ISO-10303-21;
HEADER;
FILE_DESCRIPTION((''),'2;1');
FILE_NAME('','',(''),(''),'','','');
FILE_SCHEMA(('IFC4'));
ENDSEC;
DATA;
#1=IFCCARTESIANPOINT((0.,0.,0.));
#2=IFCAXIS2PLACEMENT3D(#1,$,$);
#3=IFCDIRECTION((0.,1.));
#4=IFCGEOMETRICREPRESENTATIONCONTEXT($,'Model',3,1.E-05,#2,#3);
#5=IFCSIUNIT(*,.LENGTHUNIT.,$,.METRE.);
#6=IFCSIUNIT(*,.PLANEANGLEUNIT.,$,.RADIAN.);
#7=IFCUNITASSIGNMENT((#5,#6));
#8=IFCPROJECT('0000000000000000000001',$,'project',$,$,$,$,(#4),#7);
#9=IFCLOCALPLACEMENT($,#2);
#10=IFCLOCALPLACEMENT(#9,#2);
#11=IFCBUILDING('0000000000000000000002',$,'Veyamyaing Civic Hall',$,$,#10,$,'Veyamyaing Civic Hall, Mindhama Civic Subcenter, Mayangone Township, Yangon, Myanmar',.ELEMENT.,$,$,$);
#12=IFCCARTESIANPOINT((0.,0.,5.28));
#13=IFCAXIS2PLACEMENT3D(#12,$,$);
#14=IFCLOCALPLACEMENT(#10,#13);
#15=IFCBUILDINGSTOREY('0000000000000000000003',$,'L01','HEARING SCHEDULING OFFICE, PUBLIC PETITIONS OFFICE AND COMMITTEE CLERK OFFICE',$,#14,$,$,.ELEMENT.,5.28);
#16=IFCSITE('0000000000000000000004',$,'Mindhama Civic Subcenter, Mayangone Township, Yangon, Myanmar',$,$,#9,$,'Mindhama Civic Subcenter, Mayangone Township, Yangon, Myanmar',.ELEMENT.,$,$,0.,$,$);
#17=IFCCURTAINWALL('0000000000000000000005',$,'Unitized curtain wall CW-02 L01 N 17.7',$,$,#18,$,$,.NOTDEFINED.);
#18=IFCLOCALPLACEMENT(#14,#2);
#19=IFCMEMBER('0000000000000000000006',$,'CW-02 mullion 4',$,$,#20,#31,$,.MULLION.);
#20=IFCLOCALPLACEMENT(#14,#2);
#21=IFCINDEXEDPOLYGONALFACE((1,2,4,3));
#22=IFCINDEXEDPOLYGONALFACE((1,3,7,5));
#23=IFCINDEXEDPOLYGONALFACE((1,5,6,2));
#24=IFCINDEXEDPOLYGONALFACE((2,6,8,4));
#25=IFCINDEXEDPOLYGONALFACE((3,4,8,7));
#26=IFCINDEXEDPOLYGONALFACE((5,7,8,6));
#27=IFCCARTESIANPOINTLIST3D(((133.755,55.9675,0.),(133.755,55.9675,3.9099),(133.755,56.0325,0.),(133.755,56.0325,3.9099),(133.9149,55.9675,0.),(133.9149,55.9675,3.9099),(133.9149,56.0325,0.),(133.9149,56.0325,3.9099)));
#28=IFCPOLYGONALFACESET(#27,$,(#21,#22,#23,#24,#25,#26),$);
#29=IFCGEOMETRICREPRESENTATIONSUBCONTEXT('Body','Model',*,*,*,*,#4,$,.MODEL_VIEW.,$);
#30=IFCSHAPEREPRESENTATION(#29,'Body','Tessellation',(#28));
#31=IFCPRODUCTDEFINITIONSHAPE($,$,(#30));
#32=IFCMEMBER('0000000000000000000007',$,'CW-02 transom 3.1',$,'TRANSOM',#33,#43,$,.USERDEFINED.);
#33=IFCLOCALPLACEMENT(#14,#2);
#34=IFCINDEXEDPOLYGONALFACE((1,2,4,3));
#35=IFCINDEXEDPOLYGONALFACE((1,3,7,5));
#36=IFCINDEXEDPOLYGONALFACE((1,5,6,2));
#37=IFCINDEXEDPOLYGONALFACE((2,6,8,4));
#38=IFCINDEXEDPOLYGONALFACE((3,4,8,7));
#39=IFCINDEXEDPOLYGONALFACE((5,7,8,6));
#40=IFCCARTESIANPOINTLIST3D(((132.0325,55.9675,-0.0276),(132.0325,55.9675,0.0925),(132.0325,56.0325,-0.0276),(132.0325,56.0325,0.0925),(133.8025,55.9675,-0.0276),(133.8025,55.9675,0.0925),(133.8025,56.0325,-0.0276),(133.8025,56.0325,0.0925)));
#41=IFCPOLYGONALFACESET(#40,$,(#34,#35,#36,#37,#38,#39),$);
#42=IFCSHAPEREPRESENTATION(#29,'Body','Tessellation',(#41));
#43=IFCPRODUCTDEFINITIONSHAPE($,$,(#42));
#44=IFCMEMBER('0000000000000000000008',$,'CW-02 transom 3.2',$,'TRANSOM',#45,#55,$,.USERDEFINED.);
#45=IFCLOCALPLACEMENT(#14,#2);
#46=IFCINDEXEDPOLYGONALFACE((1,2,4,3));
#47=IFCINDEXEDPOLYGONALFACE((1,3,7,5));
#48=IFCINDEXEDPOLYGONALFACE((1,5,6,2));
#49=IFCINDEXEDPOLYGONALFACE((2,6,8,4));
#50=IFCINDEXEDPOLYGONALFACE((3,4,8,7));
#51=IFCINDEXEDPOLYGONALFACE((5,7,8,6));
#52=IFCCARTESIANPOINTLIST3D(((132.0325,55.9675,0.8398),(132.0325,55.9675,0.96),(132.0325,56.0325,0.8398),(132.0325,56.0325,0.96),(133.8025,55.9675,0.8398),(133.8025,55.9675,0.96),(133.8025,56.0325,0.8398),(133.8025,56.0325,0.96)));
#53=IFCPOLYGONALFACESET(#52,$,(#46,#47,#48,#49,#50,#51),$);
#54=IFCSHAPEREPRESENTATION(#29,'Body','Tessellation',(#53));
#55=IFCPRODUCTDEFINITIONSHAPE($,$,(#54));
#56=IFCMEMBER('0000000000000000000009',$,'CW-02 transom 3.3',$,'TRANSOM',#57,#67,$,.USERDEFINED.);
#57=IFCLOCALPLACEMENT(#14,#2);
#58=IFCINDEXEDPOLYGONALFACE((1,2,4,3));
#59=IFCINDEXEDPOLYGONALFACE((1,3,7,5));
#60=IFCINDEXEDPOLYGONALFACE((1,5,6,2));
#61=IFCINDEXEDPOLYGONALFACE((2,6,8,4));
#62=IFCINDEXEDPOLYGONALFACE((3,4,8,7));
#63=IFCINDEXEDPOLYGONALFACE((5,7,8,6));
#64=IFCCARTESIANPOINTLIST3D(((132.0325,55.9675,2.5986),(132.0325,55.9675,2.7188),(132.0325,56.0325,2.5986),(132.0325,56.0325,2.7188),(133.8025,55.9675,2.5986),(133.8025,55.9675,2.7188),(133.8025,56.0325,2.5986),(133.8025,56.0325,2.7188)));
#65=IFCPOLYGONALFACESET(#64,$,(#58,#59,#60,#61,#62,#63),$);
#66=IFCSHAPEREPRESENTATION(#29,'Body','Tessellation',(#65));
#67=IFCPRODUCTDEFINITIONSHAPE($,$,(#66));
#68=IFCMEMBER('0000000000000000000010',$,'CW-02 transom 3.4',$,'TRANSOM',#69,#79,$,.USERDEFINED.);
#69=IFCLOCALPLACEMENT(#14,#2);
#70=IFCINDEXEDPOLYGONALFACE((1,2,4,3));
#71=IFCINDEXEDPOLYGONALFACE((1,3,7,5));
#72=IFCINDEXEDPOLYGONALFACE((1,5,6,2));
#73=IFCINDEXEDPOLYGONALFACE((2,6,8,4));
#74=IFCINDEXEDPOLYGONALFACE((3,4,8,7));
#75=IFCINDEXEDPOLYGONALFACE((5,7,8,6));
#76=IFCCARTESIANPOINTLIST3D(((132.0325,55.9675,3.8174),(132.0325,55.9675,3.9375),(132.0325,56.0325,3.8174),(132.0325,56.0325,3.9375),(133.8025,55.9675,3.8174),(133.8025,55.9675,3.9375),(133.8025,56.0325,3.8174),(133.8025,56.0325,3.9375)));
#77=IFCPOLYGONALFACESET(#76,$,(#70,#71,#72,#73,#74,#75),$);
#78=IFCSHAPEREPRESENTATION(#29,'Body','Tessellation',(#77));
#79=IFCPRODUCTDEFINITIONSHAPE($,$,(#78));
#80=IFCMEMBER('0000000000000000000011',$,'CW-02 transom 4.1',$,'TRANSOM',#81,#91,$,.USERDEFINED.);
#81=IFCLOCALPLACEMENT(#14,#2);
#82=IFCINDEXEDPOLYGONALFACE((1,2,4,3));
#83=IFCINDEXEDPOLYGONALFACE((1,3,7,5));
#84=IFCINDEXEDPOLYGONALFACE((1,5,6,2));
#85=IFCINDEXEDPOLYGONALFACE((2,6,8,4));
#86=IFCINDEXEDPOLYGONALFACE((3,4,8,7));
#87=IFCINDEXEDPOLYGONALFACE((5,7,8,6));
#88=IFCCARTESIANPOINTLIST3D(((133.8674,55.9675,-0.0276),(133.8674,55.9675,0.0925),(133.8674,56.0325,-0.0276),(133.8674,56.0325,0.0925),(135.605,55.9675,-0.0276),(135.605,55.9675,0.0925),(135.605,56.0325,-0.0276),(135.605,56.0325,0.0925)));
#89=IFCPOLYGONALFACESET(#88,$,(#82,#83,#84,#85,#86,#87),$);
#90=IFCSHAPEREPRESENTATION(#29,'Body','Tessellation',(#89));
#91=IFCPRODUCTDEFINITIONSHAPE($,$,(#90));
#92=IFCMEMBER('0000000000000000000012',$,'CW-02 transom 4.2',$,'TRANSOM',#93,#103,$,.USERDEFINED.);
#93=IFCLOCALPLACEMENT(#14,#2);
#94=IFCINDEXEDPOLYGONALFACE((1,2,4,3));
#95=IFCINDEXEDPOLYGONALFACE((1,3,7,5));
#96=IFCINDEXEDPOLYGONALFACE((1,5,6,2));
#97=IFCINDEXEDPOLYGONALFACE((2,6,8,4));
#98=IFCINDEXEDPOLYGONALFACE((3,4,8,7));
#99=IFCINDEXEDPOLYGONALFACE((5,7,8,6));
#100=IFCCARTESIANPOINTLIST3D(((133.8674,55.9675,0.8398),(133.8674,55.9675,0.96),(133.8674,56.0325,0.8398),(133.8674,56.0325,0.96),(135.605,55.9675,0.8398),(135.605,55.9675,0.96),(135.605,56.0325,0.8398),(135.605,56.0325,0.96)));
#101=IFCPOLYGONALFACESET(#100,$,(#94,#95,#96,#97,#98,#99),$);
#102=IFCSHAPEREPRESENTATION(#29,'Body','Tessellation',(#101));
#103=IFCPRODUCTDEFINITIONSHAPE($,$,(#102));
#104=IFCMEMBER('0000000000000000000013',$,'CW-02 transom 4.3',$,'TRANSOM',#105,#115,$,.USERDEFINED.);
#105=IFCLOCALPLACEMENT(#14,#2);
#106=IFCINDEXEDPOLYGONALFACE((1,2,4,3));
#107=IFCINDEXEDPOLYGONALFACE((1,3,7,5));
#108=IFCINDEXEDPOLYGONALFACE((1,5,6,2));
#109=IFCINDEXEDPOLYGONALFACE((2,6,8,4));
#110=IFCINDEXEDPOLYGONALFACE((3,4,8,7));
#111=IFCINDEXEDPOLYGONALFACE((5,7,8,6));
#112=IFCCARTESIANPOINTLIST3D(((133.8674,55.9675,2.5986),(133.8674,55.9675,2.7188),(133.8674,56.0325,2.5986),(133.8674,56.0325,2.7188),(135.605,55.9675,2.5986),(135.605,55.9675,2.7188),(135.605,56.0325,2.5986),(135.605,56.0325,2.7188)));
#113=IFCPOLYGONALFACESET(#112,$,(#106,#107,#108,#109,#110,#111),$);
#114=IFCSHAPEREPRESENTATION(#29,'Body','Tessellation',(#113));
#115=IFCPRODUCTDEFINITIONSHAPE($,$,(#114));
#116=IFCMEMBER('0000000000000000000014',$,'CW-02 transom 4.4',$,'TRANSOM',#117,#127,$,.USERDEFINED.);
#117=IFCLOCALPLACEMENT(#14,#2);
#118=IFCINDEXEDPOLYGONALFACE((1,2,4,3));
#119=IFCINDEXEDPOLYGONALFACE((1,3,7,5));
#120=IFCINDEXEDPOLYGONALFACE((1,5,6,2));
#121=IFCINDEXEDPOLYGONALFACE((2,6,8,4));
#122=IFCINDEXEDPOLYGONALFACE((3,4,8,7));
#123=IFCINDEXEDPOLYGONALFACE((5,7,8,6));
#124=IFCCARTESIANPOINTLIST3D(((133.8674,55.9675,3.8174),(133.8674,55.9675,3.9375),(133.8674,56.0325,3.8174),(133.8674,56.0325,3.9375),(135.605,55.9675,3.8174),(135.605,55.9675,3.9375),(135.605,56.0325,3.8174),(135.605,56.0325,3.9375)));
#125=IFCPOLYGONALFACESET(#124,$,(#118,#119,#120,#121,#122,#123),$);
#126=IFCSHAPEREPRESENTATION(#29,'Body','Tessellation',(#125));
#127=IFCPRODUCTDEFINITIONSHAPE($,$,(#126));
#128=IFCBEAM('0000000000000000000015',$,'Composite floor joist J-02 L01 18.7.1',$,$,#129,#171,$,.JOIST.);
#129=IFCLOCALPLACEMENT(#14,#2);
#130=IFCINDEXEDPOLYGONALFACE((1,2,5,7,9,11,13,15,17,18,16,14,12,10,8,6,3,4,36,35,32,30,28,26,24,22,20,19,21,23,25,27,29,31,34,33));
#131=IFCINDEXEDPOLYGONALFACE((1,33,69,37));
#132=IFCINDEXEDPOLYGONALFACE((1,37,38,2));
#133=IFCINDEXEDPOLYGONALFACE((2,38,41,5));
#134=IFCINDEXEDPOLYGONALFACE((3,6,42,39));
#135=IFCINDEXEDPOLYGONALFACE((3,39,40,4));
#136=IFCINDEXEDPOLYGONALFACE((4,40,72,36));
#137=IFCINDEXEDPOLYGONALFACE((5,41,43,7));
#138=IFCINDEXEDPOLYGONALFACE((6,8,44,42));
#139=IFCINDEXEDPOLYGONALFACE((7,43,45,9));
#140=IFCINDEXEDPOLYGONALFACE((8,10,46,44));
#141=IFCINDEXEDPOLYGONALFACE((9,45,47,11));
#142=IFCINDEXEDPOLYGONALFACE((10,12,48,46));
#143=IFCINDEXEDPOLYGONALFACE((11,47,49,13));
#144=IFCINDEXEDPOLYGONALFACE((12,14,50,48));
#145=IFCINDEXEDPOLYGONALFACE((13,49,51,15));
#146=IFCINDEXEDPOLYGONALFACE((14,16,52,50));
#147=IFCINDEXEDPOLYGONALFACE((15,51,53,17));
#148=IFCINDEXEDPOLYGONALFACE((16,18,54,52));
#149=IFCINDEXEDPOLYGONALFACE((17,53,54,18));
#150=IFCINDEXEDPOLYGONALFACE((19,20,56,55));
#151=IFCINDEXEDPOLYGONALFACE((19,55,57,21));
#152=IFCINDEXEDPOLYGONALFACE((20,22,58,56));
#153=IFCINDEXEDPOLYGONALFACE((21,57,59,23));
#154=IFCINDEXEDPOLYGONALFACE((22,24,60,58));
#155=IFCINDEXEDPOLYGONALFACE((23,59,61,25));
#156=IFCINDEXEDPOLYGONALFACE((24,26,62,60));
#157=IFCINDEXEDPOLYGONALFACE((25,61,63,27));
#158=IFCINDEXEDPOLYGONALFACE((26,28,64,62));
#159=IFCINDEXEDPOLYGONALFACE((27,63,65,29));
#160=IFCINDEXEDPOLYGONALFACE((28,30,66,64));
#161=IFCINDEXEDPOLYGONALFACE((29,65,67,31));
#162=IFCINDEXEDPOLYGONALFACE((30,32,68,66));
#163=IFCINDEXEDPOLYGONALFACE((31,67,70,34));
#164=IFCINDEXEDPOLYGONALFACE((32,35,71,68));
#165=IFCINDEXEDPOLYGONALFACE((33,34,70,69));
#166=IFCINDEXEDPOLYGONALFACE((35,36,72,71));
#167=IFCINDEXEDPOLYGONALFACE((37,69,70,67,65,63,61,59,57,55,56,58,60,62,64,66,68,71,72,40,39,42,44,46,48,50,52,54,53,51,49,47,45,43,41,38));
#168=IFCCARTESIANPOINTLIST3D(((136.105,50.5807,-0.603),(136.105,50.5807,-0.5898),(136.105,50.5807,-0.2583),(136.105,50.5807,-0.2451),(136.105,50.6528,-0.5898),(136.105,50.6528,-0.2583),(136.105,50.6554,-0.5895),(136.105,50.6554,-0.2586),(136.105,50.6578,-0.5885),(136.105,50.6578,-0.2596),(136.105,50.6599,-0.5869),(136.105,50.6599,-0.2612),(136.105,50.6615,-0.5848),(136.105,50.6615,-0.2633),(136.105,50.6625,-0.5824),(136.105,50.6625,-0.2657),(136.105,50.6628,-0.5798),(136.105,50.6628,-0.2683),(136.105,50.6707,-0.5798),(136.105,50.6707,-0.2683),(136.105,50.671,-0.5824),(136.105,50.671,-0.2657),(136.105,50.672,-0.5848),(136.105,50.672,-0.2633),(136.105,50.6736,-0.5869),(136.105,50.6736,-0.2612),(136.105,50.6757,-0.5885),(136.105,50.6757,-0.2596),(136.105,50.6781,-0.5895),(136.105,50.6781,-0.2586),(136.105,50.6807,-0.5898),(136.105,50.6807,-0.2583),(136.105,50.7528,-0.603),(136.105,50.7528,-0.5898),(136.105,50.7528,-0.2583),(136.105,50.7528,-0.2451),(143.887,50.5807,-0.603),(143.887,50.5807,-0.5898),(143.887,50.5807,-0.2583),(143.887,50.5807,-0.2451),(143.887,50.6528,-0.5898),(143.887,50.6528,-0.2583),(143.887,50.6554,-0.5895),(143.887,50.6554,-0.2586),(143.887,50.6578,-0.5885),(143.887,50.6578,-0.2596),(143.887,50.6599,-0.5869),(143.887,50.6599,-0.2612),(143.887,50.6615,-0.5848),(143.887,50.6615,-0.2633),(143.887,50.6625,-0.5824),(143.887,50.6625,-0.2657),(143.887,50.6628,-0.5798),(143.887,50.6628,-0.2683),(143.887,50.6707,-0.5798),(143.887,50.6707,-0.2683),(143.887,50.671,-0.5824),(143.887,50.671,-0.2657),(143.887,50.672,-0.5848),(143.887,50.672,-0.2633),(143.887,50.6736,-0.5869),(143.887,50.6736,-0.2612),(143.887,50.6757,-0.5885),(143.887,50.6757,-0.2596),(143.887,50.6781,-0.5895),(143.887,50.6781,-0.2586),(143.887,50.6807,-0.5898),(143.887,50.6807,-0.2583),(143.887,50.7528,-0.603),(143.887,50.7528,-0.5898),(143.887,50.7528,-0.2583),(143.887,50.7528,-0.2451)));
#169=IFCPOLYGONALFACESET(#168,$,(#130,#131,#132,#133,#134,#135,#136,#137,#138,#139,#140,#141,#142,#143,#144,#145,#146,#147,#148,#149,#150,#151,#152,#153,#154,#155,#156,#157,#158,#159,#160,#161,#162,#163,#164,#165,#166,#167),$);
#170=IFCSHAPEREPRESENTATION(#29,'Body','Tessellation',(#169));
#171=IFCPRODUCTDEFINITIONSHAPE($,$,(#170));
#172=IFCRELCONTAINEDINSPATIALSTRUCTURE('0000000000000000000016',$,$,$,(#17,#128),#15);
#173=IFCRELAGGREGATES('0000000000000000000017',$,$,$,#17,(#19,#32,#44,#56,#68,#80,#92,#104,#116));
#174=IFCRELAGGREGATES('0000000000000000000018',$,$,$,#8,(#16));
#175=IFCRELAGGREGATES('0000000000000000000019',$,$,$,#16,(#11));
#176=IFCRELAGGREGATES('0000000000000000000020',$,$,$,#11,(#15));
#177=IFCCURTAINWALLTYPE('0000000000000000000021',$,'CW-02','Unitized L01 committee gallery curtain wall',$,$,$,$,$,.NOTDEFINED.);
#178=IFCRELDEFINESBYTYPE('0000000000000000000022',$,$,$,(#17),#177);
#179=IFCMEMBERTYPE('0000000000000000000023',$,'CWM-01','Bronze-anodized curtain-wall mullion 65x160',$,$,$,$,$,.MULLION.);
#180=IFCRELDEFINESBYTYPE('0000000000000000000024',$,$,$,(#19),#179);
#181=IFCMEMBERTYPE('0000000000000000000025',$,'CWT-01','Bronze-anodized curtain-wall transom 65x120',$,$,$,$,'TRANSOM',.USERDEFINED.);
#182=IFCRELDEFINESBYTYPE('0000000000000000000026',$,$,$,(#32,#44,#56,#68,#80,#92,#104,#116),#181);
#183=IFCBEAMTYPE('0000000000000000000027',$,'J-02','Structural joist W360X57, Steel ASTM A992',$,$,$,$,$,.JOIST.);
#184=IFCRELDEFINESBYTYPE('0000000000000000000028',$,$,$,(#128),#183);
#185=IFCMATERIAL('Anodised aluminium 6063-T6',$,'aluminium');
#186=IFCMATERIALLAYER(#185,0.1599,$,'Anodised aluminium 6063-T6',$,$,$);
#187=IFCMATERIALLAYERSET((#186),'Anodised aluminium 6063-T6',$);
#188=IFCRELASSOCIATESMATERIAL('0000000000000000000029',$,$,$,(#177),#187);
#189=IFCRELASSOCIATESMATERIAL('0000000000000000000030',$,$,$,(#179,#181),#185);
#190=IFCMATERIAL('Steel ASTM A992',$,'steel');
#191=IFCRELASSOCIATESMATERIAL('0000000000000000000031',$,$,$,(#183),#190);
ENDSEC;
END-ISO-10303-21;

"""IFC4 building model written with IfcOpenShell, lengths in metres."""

from ifc_helpers import new_model, si_unit, direction, frame, origin, origin_2d, place, context, subcontext, project, spatial, rectangle, i_section, extrude, material, layer, layer_set, material_profile, profile_set, type_object, element, aggregate, save


model = new_model("IFC4")

# Units and contexts
model_context = context("Model", 3, precision=1e-05, world=origin(), true_north=direction((0.0, 1.0)))
body_context = subcontext(model_context, "Body", "Model", "MODEL_VIEW")
ifc_project = project(units=[si_unit("LENGTHUNIT", "METRE"), si_unit("PLANEANGLEUNIT", "RADIAN")], contexts=[model_context])

# Site, building, storey
site_placement = place(None, origin())
site = spatial("IfcSite", under=ifc_project, at=site_placement, Name="Mindhama Civic Subcenter, Mayangone Township, Yangon, Myanmar", LongName="Mindhama Civic Subcenter, Mayangone Township, Yangon, Myanmar", CompositionType="ELEMENT", RefElevation=0.0)
building_placement = place(site_placement, origin())
building = spatial("IfcBuilding", under=site, at=building_placement, Name="Veyamyaing Civic Hall", LongName="Veyamyaing Civic Hall, Mindhama Civic Subcenter, Mayangone Township, Yangon, Myanmar", CompositionType="ELEMENT")
storey_placement = place(building_placement, frame((0.0, 0.0, 5.28)))
storey = spatial("IfcBuildingStorey", under=building, at=storey_placement, Name="L01", Description="HEARING SCHEDULING OFFICE, PUBLIC PETITIONS OFFICE AND COMMITTEE CLERK OFFICE", CompositionType="ELEMENT", Elevation=5.28)

# Curtain wall, members
ifc_material_1 = material(Name="Anodised aluminium 6063-T6", Category="aluminium")
ifc_layer_1 = layer(ifc_material_1, 0.1599, Name="Anodised aluminium 6063-T6")
ifc_layer_set_1 = layer_set([ifc_layer_1], Name="Anodised aluminium 6063-T6")
curtain_wall_type = type_object("IfcCurtainWallType", Name="CW-02", Description="Unitized L01 committee gallery curtain wall", PredefinedType="NOTDEFINED", material=ifc_layer_set_1)
curtain_wall_placement = place(storey_placement, origin())
curtain_wall = element("IfcCurtainWall", 1, at=curtain_wall_placement, inside=storey, type_object=curtain_wall_type, Name="Unitized curtain wall CW-02 L01 N 17.7", PredefinedType="NOTDEFINED")
ifc_material_profile_1 = material_profile(ifc_material_1, rectangle(XDim=0.0649, YDim=0.1599, at=origin_2d()), Name="ALU-MUL-65X160")
ifc_profile_set_1 = profile_set([ifc_material_profile_1], Name="Anodised aluminium 6063-T6")
member_type_1 = type_object("IfcMemberType", Name="CWM-01", Description="Bronze-anodized curtain-wall mullion 65x160", PredefinedType="MULLION", material=ifc_profile_set_1)
member_1_placement = place(storey_placement, frame((133.835, 56.0, 0.0), z_axis=(0.0, 0.0, 1.0), x_axis=(0.0, 1.0, 0.0)))
member_1 = element("IfcMember", 2, at=member_1_placement, type_object=member_type_1, Name="CW-02 mullion 4", PredefinedType="MULLION", context=body_context, shape_type="SweptSolid", body=[
    extrude(rectangle(XDim=0.0649, YDim=0.1599, at=origin_2d()), origin(), (0.0, 0.0, 1.0), 3.9099),
])
ifc_material_profile_2 = material_profile(ifc_material_1, rectangle(XDim=0.0649, YDim=0.1201, at=origin_2d()), Name="ALU-TRN-65X120")
ifc_profile_set_2 = profile_set([ifc_material_profile_2], Name="Anodised aluminium 6063-T6")
member_type_2 = type_object("IfcMemberType", Name="CWT-01", Description="Bronze-anodized curtain-wall transom 65x120", ElementType="TRANSOM", PredefinedType="USERDEFINED", material=ifc_profile_set_2)
member_2_placement = place(storey_placement, frame((132.0325, 56.0, 0.0325), z_axis=(1.0, 0.0, 0.0), x_axis=(0.0, 1.0, 0.0)))
member_2 = element("IfcMember", 3, at=member_2_placement, type_object=member_type_2, Name="CW-02 transom 3.1", ObjectType="TRANSOM", PredefinedType="USERDEFINED", context=body_context, shape_type="SweptSolid", body=[
    extrude(rectangle(XDim=0.0649, YDim=0.1201, at=origin_2d()), origin(), (0.0, 0.0, 1.0), 1.77),
])
member_3_placement = place(storey_placement, frame((132.0325, 56.0, 0.8999), z_axis=(1.0, 0.0, 0.0), x_axis=(0.0, 1.0, 0.0)))
member_3 = element("IfcMember", 4, at=member_3_placement, type_object=member_type_2, Name="CW-02 transom 3.2", ObjectType="TRANSOM", PredefinedType="USERDEFINED", context=body_context, shape_type="SweptSolid", body=[
    extrude(rectangle(XDim=0.0649, YDim=0.1201, at=origin_2d()), origin(), (0.0, 0.0, 1.0), 1.77),
])
member_4_placement = place(storey_placement, frame((132.0325, 56.0, 2.6587), z_axis=(1.0, 0.0, 0.0), x_axis=(0.0, 1.0, 0.0)))
member_4 = element("IfcMember", 5, at=member_4_placement, type_object=member_type_2, Name="CW-02 transom 3.3", ObjectType="TRANSOM", PredefinedType="USERDEFINED", context=body_context, shape_type="SweptSolid", body=[
    extrude(rectangle(XDim=0.0649, YDim=0.1201, at=origin_2d()), origin(), (0.0, 0.0, 1.0), 1.77),
])
member_5_placement = place(storey_placement, frame((132.0325, 56.0, 3.8774), z_axis=(1.0, 0.0, 0.0), x_axis=(0.0, 1.0, 0.0)))
member_5 = element("IfcMember", 6, at=member_5_placement, type_object=member_type_2, Name="CW-02 transom 3.4", ObjectType="TRANSOM", PredefinedType="USERDEFINED", context=body_context, shape_type="SweptSolid", body=[
    extrude(rectangle(XDim=0.0649, YDim=0.1201, at=origin_2d()), origin(), (0.0, 0.0, 1.0), 1.77),
])
member_6_placement = place(storey_placement, frame((133.8674, 56.0, 0.0325), z_axis=(1.0, 0.0, 0.0), x_axis=(0.0, 1.0, 0.0)))
member_6 = element("IfcMember", 7, at=member_6_placement, type_object=member_type_2, Name="CW-02 transom 4.1", ObjectType="TRANSOM", PredefinedType="USERDEFINED", context=body_context, shape_type="SweptSolid", body=[
    extrude(rectangle(XDim=0.0649, YDim=0.1201, at=origin_2d()), origin(), (0.0, 0.0, 1.0), 1.7375),
])
member_7_placement = place(storey_placement, frame((133.8674, 56.0, 0.8999), z_axis=(1.0, 0.0, 0.0), x_axis=(0.0, 1.0, 0.0)))
member_7 = element("IfcMember", 8, at=member_7_placement, type_object=member_type_2, Name="CW-02 transom 4.2", ObjectType="TRANSOM", PredefinedType="USERDEFINED", context=body_context, shape_type="SweptSolid", body=[
    extrude(rectangle(XDim=0.0649, YDim=0.1201, at=origin_2d()), origin(), (0.0, 0.0, 1.0), 1.7375),
])
member_8_placement = place(storey_placement, frame((133.8674, 56.0, 2.6587), z_axis=(1.0, 0.0, 0.0), x_axis=(0.0, 1.0, 0.0)))
member_8 = element("IfcMember", 9, at=member_8_placement, type_object=member_type_2, Name="CW-02 transom 4.3", ObjectType="TRANSOM", PredefinedType="USERDEFINED", context=body_context, shape_type="SweptSolid", body=[
    extrude(rectangle(XDim=0.0649, YDim=0.1201, at=origin_2d()), origin(), (0.0, 0.0, 1.0), 1.7375),
])
member_9_placement = place(storey_placement, frame((133.8674, 56.0, 3.8774), z_axis=(1.0, 0.0, 0.0), x_axis=(0.0, 1.0, 0.0)))
member_9 = element("IfcMember", 10, at=member_9_placement, type_object=member_type_2, Name="CW-02 transom 4.4", ObjectType="TRANSOM", PredefinedType="USERDEFINED", context=body_context, shape_type="SweptSolid", body=[
    extrude(rectangle(XDim=0.0649, YDim=0.1201, at=origin_2d()), origin(), (0.0, 0.0, 1.0), 1.7375),
])

# Beam
ifc_material_2 = material(Name="Steel ASTM A992", Category="steel")
ifc_material_profile_3 = material_profile(ifc_material_2, i_section(OverallWidth=0.1721, OverallDepth=0.3579, WebThickness=0.0078, FlangeThickness=0.0132, FilletRadius=0.01, at=origin_2d()), Name="W360X57")
ifc_profile_set_3 = profile_set([ifc_material_profile_3], Name="Steel ASTM A992")
beam_type_1 = type_object("IfcBeamType", Name="J-02", Description="Structural joist W360X57, Steel ASTM A992", PredefinedType="JOIST", material=ifc_profile_set_3)
for number, where, z_axis, x_axis, name in (
    (11, (136.105, 50.6667, -0.4241), (1.0, 0.0, 0.0), (0.0, 1.0, 0.0), "Composite floor joist J-02 L01 18.7.1"),
):
    element("IfcBeam", number, at=place(storey_placement, frame(where, z_axis=z_axis, x_axis=x_axis)), inside=storey, type_object=beam_type_1, Name=name, PredefinedType="JOIST", context=body_context, shape_type="SweptSolid", body=[
        extrude(i_section(OverallWidth=0.1721, OverallDepth=0.3579, WebThickness=0.0078, FlangeThickness=0.0132, FilletRadius=0.01, at=origin_2d()), origin(), (0.0, 0.0, 1.0), 7.782),
    ])

aggregate(curtain_wall, [member_1, member_2, member_3, member_4, member_5, member_6, member_7, member_8, member_9])

save(model, "model.ifc")
